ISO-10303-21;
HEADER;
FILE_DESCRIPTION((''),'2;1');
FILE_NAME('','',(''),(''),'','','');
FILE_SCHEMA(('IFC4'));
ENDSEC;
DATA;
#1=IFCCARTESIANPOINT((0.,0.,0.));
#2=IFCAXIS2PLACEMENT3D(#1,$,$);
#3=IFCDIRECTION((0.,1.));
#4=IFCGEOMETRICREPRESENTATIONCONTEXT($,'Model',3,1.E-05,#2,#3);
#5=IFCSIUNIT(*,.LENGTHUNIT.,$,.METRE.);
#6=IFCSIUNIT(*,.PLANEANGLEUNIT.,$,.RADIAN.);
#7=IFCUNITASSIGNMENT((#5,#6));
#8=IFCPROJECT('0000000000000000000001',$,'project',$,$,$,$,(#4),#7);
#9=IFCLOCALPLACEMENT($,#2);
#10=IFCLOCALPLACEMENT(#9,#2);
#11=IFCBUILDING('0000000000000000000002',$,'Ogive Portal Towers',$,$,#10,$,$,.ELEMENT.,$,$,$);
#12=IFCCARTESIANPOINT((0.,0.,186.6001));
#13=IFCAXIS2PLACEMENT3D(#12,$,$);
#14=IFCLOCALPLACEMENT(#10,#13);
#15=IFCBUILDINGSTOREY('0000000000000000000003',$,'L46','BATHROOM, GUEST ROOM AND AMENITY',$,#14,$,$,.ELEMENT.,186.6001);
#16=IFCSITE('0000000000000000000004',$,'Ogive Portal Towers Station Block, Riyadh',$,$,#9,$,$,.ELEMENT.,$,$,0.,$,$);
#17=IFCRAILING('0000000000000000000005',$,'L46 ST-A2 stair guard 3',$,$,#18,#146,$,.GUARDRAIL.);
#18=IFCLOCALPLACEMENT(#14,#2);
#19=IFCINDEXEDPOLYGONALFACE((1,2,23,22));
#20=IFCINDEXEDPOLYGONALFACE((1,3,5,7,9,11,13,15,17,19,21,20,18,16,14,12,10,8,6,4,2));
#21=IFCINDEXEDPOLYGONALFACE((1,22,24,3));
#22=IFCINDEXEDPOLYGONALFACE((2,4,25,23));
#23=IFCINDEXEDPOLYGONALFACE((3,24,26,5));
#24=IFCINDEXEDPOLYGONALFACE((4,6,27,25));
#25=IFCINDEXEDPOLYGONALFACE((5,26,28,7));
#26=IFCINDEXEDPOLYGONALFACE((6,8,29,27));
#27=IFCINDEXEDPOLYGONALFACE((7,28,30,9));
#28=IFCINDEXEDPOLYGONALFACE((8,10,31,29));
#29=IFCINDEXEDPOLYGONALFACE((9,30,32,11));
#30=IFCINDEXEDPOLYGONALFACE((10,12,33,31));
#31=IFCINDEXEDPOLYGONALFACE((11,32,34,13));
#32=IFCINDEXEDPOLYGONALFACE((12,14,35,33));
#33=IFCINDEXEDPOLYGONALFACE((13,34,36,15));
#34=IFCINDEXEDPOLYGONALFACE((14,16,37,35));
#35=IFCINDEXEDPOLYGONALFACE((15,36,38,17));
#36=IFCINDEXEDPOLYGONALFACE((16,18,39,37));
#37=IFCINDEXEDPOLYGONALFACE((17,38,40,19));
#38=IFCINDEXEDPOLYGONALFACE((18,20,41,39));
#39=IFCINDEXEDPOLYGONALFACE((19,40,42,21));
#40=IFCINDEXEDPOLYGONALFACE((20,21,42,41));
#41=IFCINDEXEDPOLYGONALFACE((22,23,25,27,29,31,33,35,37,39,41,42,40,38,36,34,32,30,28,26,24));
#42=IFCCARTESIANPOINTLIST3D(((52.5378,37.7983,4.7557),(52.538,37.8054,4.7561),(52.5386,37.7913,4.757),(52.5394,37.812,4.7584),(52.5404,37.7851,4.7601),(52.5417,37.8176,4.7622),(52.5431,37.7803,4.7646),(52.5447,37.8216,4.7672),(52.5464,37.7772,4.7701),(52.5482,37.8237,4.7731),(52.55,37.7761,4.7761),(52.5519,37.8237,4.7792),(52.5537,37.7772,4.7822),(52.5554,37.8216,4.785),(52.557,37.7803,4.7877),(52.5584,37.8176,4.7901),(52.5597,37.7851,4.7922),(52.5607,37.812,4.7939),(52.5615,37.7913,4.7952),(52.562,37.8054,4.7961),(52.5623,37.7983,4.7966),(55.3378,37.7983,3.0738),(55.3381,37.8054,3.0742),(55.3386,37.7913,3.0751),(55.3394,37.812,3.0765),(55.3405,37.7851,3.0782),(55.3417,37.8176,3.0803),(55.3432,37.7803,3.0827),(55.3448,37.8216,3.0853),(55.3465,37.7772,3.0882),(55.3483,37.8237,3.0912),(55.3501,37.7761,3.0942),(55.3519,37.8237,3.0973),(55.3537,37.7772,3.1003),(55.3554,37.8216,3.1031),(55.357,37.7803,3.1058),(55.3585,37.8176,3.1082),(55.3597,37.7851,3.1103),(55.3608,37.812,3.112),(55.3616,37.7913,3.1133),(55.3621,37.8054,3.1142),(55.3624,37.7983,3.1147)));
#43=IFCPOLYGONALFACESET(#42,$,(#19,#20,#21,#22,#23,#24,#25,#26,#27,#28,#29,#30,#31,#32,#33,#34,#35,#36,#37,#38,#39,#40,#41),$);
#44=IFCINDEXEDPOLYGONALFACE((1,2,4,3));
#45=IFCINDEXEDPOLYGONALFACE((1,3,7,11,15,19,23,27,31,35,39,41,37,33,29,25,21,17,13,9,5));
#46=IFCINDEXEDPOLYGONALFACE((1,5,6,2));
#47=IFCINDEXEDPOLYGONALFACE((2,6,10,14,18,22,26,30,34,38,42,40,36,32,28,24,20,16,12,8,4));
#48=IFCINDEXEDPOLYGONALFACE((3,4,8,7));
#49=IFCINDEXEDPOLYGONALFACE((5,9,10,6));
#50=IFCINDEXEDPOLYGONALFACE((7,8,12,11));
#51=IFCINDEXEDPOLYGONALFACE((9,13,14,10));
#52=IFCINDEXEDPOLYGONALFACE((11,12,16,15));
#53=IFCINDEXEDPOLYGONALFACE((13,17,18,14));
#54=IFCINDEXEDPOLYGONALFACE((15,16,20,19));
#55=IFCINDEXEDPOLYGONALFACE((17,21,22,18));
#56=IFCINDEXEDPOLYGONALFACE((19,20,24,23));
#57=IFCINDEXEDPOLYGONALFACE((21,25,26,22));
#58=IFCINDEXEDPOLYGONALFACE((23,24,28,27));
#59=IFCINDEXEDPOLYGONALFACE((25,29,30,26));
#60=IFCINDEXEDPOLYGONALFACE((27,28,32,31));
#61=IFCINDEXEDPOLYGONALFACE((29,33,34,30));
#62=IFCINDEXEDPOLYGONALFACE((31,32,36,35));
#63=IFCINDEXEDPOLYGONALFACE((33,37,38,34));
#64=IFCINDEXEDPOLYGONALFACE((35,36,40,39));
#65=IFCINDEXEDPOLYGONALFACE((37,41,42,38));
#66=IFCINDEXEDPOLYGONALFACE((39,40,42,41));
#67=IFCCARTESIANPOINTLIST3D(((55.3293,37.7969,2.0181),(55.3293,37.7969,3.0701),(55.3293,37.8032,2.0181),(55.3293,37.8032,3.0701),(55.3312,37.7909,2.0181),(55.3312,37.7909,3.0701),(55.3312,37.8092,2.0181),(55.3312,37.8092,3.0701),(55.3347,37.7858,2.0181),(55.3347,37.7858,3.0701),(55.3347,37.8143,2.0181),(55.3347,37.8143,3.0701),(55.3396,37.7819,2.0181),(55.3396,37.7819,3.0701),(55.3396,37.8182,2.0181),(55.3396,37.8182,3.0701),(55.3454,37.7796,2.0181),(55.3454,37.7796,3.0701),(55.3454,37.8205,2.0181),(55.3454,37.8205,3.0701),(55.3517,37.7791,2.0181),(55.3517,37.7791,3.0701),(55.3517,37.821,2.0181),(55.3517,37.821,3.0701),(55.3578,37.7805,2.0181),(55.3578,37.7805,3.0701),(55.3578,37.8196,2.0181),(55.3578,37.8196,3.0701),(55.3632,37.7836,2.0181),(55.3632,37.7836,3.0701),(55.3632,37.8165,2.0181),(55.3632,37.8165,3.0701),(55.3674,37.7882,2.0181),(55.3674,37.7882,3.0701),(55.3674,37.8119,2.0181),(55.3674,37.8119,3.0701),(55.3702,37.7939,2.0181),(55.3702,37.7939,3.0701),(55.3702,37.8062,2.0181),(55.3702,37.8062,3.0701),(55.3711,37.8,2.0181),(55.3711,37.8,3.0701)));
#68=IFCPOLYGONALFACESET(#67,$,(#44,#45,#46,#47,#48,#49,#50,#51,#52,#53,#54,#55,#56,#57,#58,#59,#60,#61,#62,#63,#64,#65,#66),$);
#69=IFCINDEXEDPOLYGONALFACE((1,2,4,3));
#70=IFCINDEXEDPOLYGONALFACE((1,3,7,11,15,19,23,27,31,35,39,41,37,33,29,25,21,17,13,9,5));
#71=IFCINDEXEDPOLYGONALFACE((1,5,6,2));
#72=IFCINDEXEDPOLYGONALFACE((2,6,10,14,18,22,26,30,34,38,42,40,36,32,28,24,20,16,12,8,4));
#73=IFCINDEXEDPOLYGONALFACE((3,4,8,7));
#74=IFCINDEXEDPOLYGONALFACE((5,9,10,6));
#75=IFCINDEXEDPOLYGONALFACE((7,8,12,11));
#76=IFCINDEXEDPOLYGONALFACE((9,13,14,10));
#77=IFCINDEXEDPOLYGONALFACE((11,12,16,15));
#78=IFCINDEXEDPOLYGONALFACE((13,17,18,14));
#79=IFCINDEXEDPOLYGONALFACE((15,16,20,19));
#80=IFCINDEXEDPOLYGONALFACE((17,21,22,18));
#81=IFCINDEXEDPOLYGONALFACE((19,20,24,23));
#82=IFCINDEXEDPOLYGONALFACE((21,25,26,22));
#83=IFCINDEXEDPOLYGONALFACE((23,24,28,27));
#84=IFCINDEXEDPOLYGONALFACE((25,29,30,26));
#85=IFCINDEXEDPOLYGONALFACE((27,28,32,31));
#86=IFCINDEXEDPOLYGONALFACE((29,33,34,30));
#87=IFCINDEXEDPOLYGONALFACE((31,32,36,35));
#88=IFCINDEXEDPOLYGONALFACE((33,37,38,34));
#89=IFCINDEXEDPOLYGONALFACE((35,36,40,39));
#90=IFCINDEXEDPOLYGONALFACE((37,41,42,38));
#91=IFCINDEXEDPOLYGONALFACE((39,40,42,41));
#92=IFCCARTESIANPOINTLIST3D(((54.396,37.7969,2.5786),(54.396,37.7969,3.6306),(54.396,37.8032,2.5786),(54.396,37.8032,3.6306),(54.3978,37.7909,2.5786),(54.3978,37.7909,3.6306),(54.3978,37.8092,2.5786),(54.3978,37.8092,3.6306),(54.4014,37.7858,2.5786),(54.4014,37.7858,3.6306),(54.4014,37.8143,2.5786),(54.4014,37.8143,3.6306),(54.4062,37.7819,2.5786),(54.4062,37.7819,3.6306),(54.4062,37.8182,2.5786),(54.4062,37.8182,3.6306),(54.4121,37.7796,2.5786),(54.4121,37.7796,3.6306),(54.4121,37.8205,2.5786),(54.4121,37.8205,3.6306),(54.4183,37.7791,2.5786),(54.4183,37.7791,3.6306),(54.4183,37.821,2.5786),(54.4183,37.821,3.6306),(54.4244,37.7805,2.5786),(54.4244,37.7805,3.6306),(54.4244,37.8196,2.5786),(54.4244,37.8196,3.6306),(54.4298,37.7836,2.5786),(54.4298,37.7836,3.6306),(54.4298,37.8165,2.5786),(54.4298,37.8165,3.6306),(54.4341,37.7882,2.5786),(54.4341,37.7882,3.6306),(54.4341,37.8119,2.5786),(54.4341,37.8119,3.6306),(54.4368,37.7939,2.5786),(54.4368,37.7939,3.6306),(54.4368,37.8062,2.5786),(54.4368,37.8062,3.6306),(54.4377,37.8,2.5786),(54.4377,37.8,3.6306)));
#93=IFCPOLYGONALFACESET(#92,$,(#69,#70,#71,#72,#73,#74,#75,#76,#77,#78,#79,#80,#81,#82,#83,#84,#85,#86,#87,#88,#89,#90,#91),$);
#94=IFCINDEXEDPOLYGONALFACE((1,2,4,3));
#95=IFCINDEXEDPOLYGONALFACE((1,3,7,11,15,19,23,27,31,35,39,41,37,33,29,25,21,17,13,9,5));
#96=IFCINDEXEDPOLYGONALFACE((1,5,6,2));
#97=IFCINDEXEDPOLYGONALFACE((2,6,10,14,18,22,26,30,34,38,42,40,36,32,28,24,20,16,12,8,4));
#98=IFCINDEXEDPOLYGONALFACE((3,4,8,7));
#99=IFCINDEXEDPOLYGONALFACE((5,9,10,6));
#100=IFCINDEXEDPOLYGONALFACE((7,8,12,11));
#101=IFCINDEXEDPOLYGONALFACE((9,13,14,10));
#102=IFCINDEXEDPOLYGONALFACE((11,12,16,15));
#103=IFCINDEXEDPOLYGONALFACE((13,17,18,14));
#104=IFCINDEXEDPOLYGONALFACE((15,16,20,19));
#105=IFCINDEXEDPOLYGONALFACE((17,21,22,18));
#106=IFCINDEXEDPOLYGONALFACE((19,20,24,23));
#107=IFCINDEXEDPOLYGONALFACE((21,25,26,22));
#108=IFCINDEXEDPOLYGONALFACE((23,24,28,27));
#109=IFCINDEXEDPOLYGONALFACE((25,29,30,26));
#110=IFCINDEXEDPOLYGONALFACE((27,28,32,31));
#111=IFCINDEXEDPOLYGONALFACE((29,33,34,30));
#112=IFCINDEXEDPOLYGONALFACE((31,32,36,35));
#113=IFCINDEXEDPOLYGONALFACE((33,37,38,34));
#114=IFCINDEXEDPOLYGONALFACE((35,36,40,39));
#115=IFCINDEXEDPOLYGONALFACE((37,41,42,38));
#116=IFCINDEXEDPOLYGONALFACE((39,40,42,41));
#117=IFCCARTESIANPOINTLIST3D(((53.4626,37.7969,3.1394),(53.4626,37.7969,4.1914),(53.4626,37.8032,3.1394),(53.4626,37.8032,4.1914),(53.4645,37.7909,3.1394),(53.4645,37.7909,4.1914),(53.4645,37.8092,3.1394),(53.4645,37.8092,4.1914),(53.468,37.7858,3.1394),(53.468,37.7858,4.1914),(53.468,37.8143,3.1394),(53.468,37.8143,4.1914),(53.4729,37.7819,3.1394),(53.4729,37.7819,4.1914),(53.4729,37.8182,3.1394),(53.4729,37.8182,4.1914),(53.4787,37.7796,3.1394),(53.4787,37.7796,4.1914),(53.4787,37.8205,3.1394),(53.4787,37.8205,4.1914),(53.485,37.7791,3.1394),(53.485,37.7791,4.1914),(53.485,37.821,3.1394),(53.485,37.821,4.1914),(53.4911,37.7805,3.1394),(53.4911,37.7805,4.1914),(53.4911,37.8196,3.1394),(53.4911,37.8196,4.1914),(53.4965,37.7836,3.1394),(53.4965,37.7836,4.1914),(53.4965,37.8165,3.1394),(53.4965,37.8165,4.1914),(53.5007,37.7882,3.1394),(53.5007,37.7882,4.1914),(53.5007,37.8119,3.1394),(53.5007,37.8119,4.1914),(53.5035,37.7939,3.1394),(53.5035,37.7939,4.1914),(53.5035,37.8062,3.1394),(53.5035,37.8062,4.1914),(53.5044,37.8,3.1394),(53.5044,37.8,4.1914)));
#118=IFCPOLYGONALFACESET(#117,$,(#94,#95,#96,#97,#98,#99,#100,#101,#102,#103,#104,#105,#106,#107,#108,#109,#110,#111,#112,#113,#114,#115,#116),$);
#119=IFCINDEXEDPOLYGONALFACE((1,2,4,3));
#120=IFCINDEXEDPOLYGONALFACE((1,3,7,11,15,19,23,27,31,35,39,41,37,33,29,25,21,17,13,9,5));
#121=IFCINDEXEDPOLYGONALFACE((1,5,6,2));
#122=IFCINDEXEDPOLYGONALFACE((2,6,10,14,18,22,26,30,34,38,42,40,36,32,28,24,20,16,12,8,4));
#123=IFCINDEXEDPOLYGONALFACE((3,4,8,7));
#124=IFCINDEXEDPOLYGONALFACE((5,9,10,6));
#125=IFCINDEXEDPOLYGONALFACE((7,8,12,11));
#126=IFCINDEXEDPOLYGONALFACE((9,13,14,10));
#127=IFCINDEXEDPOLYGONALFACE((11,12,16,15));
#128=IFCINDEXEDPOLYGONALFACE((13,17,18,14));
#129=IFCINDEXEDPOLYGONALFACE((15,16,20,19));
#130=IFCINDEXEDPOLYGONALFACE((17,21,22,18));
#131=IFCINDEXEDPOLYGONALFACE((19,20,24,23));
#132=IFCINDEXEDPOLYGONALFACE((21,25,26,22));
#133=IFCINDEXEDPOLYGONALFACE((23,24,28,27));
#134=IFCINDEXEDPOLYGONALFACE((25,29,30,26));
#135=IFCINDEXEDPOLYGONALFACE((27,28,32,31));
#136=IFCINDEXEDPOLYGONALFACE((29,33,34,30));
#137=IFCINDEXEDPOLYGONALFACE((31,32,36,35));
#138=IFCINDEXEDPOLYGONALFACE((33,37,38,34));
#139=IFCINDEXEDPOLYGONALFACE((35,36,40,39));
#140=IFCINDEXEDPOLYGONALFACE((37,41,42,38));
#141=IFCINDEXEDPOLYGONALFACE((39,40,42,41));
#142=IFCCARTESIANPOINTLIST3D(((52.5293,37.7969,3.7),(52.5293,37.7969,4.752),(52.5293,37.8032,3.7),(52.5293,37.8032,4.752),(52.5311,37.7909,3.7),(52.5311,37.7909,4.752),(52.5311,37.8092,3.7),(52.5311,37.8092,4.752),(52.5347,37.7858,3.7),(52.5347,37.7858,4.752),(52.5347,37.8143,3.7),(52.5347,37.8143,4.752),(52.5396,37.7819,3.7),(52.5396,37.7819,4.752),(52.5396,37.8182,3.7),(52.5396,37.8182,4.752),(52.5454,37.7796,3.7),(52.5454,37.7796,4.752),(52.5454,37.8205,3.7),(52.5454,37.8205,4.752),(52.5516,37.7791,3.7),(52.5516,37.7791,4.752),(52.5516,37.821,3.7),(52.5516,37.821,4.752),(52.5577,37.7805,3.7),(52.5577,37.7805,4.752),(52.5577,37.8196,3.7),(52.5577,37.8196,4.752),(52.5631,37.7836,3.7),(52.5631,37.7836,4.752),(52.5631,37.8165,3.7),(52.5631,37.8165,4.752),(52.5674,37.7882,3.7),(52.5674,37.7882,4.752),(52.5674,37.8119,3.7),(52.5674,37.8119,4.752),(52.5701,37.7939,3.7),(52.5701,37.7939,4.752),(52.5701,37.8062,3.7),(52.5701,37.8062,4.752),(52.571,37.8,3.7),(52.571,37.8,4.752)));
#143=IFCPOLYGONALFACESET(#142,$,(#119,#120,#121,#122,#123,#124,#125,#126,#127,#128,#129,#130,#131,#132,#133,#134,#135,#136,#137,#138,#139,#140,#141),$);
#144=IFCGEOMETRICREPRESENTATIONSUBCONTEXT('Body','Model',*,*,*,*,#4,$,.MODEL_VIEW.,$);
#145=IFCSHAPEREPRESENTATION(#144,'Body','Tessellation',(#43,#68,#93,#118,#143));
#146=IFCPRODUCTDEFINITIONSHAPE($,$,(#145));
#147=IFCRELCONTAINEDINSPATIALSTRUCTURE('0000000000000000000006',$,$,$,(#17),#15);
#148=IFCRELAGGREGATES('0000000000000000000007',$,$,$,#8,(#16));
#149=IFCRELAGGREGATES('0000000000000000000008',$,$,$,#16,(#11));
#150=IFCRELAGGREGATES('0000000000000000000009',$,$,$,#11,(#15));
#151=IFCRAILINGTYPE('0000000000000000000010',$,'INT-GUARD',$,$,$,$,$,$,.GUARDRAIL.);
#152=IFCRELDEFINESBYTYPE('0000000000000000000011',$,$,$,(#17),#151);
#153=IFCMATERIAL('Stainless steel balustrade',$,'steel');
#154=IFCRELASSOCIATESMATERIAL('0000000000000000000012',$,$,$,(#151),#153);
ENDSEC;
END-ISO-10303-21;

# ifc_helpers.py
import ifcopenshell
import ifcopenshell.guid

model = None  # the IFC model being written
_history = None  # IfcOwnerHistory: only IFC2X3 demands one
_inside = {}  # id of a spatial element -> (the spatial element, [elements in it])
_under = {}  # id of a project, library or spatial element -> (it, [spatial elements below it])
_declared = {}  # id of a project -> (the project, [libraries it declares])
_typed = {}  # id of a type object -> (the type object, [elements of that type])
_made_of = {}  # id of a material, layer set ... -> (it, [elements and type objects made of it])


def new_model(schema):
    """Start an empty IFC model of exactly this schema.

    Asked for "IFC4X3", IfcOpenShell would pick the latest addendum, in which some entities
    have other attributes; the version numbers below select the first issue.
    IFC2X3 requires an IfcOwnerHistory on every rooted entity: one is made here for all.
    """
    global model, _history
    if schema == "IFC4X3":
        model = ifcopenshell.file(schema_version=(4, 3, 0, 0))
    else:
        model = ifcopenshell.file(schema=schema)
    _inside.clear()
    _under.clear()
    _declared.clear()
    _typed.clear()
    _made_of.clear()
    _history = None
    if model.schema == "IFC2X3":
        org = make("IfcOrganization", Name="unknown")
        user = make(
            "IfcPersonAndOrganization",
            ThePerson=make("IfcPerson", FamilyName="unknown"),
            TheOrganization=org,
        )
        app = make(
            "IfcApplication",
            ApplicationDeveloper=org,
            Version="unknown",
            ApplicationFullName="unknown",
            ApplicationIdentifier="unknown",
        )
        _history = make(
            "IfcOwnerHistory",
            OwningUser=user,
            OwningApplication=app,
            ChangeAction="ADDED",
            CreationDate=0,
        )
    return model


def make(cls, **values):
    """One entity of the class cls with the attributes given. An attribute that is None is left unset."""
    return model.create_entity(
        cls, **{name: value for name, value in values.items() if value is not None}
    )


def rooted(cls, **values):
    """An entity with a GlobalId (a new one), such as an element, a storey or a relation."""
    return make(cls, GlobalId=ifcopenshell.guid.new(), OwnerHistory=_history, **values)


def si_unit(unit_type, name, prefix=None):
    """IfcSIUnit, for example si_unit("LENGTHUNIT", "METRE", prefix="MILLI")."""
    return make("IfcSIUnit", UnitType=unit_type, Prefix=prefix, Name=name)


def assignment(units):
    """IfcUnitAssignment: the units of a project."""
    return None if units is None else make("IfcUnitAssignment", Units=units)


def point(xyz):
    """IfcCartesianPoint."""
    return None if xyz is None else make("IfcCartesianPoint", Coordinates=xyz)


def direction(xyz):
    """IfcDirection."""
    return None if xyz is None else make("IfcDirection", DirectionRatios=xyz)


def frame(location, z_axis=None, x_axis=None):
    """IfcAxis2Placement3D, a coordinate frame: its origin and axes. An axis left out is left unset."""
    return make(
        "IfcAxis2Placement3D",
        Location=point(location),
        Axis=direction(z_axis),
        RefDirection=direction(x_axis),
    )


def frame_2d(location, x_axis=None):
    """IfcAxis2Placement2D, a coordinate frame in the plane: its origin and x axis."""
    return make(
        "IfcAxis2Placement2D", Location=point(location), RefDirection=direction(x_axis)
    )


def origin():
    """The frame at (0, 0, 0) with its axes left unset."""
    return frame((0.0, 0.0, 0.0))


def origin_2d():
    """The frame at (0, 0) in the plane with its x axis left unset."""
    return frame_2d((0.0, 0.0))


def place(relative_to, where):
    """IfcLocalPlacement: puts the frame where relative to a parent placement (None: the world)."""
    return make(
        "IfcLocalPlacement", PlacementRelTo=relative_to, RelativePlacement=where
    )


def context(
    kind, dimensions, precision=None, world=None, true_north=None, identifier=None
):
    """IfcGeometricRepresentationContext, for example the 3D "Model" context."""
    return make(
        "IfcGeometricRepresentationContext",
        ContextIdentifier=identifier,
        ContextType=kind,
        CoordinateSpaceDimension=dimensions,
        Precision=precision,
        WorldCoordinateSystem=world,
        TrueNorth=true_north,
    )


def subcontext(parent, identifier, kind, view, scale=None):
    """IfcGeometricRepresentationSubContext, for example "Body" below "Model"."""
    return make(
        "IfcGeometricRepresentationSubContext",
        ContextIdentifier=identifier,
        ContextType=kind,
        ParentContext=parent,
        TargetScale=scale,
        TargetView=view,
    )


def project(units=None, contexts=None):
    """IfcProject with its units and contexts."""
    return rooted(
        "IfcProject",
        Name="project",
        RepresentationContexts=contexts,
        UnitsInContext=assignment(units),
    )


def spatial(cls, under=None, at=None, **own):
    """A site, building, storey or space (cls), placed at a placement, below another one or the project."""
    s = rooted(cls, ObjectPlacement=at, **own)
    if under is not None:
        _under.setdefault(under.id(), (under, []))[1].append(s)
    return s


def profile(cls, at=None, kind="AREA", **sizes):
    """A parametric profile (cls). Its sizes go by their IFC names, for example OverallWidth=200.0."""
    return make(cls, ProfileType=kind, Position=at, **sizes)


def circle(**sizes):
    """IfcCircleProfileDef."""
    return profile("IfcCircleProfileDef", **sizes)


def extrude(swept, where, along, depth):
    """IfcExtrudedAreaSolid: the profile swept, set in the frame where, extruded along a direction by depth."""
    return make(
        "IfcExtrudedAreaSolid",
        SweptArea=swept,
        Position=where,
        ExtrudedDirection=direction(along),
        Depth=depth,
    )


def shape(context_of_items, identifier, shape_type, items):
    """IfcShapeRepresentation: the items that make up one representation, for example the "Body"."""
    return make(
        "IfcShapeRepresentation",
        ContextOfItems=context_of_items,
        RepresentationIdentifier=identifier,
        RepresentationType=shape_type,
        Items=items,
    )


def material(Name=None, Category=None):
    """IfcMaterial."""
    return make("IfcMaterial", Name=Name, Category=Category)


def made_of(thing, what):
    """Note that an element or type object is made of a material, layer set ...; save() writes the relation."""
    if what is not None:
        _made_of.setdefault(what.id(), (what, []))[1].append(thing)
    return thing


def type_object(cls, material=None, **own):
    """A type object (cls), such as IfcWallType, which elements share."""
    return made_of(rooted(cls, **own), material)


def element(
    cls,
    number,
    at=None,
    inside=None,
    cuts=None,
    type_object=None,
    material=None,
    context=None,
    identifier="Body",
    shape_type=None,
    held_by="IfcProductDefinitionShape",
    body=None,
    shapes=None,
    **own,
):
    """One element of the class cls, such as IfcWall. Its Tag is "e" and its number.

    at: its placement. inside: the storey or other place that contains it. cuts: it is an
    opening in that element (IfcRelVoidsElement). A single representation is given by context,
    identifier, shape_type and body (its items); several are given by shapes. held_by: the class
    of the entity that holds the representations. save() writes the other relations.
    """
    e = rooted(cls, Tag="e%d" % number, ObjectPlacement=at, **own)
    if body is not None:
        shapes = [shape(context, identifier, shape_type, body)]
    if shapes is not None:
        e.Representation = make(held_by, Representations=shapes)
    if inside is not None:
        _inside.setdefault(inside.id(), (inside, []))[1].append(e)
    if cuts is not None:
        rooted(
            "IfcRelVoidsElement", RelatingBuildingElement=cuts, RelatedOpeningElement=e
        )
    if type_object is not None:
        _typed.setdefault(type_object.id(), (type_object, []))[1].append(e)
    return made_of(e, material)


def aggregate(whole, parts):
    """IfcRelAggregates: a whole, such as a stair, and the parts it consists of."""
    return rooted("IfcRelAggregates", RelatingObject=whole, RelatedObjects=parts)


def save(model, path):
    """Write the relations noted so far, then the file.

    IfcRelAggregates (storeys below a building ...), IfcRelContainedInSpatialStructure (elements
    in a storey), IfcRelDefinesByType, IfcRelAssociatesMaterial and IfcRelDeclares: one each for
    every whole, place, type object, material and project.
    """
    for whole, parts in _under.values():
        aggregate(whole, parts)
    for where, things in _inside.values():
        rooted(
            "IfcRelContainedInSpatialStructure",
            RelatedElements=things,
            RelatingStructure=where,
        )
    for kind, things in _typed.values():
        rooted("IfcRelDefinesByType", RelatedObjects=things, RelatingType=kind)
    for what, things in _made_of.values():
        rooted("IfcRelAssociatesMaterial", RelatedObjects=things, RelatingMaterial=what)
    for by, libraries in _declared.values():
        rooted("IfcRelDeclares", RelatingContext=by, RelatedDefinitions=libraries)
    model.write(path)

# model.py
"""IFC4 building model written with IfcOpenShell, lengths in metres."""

from ifc_helpers import new_model, si_unit, direction, frame, origin, origin_2d, place, context, subcontext, project, spatial, circle, extrude, material, type_object, element, save


model = new_model("IFC4")

# Units and contexts
model_context = context("Model", 3, precision=1e-05, world=origin(), true_north=direction((0.0, 1.0)))
body_context = subcontext(model_context, "Body", "Model", "MODEL_VIEW")
ifc_project = project(units=[si_unit("LENGTHUNIT", "METRE"), si_unit("PLANEANGLEUNIT", "RADIAN")], contexts=[model_context])

# Site, building, storey
site_placement = place(None, origin())
site = spatial("IfcSite", under=ifc_project, at=site_placement, Name="Ogive Portal Towers Station Block, Riyadh", CompositionType="ELEMENT", RefElevation=0.0)
building_placement = place(site_placement, origin())
building = spatial("IfcBuilding", under=site, at=building_placement, Name="Ogive Portal Towers", CompositionType="ELEMENT")
storey_placement = place(building_placement, frame((0.0, 0.0, 186.6001)))
storey = spatial("IfcBuildingStorey", under=building, at=storey_placement, Name="L46", Description="BATHROOM, GUEST ROOM AND AMENITY", CompositionType="ELEMENT", Elevation=186.6001)

# Railing
ifc_material_1 = material(Name="Stainless steel balustrade", Category="steel")
railing_type_1 = type_object("IfcRailingType", Name="INT-GUARD", PredefinedType="GUARDRAIL", material=ifc_material_1)
railing_1_placement = place(storey_placement, frame((55.3501, 37.8, 2.0181)))
element("IfcRailing", 1, at=railing_1_placement, inside=storey, type_object=railing_type_1, Name="L46 ST-A2 stair guard 3", PredefinedType="GUARDRAIL", context=body_context, shape_type="SweptSolid", body=[
    extrude(circle(Radius=0.0239, at=origin_2d()), frame((0.0, 0.0, 1.0762), z_axis=(-0.857242, 0.0, 0.514913), x_axis=(0.0, -1.0, 0.0)), (0.0, 0.0, 1.0), 3.2664),
    extrude(circle(Radius=0.021, at=origin_2d()), origin(), (0.0, 0.0, 1.0), 1.052),
    extrude(circle(Radius=0.021, at=origin_2d()), frame((-0.9333, 0.0, 0.5605)), (0.0, 0.0, 1.0), 1.052),
    extrude(circle(Radius=0.021, at=origin_2d()), frame((-1.8667, 0.0, 1.1213)), (0.0, 0.0, 1.0), 1.052),
    extrude(circle(Radius=0.021, at=origin_2d()), frame((-2.8, 0.0, 1.6819)), (0.0, 0.0, 1.0), 1.052),
])

save(model, "model.ifc")
